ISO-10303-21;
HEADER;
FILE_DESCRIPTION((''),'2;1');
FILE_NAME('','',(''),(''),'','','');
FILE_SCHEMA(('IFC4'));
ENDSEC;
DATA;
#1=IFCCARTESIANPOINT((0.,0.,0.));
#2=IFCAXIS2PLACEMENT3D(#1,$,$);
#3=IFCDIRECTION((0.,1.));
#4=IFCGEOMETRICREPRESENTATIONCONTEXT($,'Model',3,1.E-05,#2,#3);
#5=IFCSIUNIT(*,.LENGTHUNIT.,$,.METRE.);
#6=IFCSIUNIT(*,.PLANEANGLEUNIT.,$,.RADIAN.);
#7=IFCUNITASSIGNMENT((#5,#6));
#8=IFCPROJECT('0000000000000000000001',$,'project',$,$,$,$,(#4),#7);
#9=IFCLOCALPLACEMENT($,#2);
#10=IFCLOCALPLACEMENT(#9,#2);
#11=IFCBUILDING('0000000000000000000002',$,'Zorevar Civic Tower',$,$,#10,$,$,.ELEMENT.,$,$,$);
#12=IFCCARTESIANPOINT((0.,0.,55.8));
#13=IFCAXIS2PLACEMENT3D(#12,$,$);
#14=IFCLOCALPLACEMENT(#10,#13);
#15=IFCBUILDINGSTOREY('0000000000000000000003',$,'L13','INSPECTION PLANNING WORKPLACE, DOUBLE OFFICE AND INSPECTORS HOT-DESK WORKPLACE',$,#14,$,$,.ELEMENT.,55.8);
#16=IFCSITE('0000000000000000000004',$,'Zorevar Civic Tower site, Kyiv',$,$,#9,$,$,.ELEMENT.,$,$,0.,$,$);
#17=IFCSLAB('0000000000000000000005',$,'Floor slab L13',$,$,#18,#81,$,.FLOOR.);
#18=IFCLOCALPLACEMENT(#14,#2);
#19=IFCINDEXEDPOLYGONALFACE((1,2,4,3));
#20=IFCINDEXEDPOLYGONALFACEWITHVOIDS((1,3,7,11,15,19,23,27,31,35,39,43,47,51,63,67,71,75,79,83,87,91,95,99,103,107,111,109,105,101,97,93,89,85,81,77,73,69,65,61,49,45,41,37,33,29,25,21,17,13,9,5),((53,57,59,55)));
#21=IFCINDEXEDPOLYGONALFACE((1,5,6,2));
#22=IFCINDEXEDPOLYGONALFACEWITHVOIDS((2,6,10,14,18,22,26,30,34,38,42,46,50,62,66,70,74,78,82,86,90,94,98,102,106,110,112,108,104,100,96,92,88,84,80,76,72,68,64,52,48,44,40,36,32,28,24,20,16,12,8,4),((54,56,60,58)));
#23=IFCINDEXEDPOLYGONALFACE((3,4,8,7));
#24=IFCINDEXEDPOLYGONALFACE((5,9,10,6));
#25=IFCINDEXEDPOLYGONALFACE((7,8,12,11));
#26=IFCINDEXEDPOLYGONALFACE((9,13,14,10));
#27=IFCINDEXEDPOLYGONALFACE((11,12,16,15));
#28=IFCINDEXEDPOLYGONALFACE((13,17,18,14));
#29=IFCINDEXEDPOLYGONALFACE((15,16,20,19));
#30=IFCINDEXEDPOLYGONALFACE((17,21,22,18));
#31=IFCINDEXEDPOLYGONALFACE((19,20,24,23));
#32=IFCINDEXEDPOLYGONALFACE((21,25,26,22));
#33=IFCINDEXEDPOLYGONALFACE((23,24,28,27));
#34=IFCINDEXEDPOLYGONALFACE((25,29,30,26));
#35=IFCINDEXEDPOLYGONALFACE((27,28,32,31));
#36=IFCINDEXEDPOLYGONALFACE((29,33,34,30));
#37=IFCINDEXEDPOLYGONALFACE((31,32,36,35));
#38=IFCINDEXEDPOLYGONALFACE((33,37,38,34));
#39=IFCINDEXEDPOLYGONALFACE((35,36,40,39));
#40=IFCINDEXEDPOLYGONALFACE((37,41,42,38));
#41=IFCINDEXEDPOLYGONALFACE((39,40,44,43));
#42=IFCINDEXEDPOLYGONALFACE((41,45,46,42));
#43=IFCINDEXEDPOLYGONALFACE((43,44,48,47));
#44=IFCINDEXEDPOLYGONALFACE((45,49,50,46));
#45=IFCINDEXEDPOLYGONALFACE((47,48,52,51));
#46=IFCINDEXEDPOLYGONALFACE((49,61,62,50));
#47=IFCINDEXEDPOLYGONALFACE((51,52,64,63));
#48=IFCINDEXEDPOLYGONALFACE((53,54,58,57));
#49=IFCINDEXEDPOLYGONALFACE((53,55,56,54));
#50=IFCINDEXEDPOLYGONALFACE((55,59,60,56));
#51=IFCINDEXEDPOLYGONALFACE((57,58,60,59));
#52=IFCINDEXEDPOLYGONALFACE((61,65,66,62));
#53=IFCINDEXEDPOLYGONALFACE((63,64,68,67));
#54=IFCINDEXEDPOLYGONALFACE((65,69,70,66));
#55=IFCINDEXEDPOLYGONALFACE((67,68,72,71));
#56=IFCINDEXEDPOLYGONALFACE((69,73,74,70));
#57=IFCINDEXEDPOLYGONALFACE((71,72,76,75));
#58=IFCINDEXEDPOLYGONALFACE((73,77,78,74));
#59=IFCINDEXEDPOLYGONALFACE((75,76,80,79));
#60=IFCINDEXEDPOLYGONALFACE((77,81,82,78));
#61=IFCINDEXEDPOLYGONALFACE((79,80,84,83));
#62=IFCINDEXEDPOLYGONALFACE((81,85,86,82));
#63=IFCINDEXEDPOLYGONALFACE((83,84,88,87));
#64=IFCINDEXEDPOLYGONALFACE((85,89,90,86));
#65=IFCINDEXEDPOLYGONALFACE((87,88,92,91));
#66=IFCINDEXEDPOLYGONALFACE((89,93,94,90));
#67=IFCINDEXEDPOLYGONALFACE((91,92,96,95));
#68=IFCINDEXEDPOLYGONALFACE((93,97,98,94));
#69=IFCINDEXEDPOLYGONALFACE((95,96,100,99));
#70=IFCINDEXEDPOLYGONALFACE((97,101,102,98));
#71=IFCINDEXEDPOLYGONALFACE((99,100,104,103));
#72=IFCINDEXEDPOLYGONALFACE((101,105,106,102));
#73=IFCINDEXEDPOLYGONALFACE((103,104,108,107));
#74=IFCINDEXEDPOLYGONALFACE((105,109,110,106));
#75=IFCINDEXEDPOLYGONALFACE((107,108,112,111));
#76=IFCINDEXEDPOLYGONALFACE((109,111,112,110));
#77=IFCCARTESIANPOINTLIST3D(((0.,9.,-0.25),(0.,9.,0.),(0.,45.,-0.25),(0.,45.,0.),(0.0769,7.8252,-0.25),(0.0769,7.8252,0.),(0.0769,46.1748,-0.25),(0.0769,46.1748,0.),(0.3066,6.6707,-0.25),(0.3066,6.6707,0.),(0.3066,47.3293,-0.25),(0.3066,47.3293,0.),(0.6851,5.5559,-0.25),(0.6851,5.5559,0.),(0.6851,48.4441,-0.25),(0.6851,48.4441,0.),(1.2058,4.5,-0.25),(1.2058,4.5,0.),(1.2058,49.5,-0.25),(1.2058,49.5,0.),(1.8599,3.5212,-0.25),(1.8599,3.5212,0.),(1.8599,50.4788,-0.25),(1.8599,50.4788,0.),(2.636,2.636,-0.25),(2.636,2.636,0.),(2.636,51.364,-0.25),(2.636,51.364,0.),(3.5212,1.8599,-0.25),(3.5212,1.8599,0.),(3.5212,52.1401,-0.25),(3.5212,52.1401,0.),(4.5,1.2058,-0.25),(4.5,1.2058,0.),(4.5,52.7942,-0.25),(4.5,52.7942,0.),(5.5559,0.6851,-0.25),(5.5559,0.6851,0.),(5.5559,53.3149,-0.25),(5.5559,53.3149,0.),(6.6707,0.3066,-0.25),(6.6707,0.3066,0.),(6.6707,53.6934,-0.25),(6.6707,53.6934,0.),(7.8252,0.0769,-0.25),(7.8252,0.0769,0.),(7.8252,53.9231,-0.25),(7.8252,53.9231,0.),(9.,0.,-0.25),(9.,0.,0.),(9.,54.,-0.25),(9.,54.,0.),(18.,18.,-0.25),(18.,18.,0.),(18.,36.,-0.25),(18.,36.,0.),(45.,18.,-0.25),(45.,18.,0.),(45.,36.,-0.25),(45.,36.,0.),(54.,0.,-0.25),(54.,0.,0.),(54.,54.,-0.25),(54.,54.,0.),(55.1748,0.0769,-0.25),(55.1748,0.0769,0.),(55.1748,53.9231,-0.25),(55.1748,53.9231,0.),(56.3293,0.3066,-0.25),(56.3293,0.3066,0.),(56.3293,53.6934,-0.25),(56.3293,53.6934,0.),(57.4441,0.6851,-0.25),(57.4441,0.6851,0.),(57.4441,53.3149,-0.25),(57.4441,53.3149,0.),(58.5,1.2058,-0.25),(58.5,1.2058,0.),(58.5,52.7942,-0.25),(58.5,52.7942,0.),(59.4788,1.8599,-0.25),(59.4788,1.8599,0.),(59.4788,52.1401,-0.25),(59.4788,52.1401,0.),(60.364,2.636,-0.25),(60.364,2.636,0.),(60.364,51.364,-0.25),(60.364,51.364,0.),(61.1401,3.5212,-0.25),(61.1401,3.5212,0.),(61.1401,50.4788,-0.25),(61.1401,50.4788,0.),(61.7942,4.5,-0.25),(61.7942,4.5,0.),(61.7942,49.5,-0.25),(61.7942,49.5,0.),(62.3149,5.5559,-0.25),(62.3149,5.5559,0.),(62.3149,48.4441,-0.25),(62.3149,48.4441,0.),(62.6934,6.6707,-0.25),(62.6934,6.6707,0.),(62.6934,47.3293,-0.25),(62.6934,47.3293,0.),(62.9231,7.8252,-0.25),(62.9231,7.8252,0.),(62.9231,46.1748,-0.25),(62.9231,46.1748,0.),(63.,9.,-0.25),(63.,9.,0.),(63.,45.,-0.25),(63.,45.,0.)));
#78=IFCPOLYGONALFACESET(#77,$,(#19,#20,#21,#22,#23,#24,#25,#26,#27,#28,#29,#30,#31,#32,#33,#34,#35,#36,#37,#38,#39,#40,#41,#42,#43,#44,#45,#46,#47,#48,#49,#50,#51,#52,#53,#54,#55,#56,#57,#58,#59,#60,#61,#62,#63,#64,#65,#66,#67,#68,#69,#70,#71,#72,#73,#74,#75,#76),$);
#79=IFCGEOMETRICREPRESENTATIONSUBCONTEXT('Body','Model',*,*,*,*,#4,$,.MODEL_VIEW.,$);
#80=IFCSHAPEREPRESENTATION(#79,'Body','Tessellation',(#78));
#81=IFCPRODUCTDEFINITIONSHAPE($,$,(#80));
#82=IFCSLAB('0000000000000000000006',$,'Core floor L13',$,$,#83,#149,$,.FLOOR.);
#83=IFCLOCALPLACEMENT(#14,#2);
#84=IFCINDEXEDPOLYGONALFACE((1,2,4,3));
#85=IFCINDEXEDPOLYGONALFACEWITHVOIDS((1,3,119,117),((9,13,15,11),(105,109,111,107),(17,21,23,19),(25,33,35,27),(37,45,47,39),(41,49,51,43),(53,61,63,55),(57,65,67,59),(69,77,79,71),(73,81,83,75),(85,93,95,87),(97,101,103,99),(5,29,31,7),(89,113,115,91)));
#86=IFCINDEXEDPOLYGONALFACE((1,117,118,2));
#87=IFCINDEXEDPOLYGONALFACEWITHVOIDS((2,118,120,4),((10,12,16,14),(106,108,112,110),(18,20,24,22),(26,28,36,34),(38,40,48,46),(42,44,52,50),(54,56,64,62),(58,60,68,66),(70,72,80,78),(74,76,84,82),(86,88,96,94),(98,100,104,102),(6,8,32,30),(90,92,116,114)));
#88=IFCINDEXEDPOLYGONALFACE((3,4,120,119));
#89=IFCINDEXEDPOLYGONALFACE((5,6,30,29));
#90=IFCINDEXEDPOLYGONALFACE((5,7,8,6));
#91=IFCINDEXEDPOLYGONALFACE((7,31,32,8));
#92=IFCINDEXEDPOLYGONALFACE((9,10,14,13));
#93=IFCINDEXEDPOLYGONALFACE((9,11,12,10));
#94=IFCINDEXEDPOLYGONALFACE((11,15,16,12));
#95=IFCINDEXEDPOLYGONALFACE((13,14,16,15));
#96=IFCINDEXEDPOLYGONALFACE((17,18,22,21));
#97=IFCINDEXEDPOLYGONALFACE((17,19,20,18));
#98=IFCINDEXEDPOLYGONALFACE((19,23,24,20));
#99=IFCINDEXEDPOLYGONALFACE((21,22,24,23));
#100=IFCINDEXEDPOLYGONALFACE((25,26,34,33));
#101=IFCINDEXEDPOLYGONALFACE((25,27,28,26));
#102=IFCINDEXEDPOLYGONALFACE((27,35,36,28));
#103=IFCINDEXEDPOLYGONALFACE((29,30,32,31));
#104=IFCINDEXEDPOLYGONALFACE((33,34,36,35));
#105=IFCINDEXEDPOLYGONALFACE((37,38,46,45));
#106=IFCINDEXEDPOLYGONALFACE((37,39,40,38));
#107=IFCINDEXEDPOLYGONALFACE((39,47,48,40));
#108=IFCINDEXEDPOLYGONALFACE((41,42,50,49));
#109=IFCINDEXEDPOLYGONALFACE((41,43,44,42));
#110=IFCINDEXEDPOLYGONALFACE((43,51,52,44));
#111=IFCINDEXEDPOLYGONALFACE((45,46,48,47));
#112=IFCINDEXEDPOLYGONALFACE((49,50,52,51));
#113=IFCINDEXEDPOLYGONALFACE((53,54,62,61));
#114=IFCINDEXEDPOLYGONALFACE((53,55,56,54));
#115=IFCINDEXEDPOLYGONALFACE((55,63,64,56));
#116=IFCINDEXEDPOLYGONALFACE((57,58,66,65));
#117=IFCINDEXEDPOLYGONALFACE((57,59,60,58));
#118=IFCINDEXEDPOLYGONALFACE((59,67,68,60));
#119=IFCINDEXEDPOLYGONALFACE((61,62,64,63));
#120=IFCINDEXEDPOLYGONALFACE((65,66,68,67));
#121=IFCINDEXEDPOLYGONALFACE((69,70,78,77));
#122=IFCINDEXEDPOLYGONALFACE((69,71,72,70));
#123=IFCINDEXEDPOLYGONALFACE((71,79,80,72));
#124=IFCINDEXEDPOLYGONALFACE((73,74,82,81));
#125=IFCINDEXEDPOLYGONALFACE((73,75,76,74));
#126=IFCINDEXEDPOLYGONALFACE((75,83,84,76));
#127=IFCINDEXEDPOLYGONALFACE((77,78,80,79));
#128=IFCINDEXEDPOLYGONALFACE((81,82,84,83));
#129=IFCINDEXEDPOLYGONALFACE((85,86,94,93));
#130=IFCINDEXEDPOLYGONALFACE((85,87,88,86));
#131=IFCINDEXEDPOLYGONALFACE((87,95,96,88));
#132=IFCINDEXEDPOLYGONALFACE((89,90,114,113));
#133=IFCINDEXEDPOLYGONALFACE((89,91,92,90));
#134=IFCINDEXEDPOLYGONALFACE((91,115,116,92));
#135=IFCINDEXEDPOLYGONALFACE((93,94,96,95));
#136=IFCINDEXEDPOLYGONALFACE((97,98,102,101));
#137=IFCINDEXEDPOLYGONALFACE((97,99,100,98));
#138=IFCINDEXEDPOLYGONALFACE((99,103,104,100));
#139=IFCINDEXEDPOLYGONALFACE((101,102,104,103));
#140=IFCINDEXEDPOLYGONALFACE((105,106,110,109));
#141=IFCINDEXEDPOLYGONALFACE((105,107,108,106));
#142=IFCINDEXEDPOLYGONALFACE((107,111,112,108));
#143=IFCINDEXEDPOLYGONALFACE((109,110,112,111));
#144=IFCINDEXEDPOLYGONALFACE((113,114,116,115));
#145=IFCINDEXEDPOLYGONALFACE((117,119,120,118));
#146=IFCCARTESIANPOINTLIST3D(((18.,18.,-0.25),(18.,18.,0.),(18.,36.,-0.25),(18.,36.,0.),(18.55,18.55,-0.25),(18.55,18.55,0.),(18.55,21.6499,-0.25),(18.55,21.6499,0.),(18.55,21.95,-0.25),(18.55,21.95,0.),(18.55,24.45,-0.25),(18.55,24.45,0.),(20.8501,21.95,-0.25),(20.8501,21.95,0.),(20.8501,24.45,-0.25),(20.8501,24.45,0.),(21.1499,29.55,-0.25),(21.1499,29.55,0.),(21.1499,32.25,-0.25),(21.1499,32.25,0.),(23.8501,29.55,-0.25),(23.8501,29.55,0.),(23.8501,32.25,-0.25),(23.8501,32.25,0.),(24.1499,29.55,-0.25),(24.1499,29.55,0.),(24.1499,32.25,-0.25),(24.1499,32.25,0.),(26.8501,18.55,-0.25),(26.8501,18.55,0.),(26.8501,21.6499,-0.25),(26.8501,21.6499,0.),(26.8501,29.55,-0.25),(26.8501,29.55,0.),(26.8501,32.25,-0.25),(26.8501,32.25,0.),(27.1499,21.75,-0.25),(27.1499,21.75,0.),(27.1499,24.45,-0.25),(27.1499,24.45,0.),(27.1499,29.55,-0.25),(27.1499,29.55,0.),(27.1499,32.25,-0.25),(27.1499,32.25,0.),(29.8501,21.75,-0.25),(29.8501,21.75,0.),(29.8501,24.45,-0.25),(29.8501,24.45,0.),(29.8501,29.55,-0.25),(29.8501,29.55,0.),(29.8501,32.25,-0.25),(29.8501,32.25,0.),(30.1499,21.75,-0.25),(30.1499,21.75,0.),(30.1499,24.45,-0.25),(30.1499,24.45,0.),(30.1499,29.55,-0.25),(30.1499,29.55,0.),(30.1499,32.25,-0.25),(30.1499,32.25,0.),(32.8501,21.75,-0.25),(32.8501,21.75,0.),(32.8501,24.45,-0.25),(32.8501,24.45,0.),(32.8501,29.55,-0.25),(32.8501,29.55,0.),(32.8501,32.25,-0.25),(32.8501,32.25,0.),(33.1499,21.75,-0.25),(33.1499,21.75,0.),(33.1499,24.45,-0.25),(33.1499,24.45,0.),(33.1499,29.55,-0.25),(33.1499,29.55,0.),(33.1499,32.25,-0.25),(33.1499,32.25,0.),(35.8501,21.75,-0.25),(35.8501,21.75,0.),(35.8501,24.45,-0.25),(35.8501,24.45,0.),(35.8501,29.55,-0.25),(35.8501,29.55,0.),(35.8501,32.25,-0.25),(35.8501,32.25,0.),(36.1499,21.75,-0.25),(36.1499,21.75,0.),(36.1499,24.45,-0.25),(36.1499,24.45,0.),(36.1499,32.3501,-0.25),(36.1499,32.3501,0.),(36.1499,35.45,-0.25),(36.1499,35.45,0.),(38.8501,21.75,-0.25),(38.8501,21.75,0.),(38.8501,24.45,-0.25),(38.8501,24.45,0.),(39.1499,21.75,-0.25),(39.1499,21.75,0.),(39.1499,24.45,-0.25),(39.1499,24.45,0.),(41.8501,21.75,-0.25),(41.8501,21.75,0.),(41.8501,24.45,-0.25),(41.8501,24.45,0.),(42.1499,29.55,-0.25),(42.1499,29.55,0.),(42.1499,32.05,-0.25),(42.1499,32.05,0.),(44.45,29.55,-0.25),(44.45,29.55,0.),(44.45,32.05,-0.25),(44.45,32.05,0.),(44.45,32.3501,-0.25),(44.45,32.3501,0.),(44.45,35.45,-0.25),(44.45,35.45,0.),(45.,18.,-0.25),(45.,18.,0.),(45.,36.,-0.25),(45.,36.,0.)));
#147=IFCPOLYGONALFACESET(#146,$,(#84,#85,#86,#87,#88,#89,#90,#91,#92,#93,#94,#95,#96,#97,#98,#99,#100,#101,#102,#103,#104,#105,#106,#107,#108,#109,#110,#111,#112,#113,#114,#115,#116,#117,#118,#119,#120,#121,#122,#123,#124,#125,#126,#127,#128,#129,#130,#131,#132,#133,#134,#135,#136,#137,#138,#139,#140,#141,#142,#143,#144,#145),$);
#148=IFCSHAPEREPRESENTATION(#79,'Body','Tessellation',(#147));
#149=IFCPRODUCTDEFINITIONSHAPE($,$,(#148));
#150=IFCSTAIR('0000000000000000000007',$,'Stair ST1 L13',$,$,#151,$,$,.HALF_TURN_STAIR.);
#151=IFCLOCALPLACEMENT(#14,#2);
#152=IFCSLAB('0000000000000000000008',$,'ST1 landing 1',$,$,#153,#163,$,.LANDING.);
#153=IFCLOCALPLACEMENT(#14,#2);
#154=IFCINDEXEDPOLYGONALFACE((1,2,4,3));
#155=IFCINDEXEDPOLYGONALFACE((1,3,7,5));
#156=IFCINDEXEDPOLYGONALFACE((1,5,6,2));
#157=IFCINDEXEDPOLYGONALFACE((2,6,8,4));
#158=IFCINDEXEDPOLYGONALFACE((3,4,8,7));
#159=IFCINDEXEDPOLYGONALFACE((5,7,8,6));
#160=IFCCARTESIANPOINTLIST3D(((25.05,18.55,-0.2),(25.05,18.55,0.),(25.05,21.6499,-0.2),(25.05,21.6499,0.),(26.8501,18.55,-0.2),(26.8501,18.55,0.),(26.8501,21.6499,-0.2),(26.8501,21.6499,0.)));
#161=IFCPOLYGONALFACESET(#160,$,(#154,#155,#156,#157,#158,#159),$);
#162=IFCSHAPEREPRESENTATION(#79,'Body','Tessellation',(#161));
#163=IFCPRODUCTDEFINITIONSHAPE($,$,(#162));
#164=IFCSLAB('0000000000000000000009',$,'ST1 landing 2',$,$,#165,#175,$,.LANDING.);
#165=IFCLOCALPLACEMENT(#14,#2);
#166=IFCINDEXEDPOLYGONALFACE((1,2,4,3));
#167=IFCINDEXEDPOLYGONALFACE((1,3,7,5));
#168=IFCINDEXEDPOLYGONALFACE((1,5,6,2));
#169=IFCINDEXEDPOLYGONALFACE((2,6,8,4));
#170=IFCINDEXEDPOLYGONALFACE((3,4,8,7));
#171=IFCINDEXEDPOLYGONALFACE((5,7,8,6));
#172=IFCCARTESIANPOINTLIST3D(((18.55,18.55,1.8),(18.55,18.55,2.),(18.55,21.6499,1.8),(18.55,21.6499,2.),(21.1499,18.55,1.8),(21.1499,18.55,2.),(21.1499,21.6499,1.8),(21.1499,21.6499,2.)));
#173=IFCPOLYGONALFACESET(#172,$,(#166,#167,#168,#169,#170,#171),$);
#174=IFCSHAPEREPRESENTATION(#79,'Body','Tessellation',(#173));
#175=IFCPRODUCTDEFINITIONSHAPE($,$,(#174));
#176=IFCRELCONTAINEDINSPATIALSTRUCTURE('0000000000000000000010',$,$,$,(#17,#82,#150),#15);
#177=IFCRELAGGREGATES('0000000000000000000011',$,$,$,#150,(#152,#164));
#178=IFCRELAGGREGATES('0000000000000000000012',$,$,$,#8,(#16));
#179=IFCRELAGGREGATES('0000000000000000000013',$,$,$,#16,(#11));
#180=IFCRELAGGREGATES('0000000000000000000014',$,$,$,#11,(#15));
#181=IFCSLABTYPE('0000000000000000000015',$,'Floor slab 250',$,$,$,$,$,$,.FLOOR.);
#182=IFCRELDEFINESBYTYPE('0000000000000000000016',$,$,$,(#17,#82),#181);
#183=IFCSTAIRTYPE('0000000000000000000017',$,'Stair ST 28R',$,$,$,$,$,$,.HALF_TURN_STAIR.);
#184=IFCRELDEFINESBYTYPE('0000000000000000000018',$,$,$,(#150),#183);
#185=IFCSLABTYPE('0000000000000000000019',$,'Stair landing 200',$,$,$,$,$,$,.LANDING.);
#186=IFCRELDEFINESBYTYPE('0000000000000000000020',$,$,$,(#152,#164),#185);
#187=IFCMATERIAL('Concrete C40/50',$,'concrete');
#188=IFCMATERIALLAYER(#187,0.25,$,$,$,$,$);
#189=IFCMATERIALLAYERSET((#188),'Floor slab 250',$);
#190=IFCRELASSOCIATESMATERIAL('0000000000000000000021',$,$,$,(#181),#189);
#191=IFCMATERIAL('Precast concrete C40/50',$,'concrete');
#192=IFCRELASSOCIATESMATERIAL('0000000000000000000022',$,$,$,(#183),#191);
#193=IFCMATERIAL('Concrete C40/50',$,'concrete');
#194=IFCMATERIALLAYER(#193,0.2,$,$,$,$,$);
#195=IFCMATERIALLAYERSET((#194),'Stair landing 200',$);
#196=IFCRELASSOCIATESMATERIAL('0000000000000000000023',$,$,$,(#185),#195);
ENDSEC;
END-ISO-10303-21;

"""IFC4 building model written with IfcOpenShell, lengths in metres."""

from ifc_helpers import new_model, si_unit, direction, frame, origin, place, context, subcontext, project, spatial, polyline, outline, extrude, material, layer, layer_set, type_object, element, aggregate, save


model = new_model("IFC4")

# Units and contexts
model_context = context("Model", 3, precision=1e-05, world=origin(), true_north=direction((0.0, 1.0)))
body_context = subcontext(model_context, "Body", "Model", "MODEL_VIEW")
ifc_project = project(units=[si_unit("LENGTHUNIT", "METRE"), si_unit("PLANEANGLEUNIT", "RADIAN")], contexts=[model_context])

# Site, building, storey
site_placement = place(None, origin())
site = spatial("IfcSite", under=ifc_project, at=site_placement, Name="Zorevar Civic Tower site, Kyiv", CompositionType="ELEMENT", RefElevation=0.0)
building_placement = place(site_placement, origin())
building = spatial("IfcBuilding", under=site, at=building_placement, Name="Zorevar Civic Tower", CompositionType="ELEMENT")
storey_placement = place(building_placement, frame((0.0, 0.0, 55.8)))
storey = spatial("IfcBuildingStorey", under=building, at=storey_placement, Name="L13", Description="INSPECTION PLANNING WORKPLACE, DOUBLE OFFICE AND INSPECTORS HOT-DESK WORKPLACE", CompositionType="ELEMENT", Elevation=55.8)

# Slabs
ifc_material_1 = material(Name="Concrete C40/50", Category="concrete")
ifc_layer_1 = layer(ifc_material_1, 0.25)
ifc_layer_set_1 = layer_set([ifc_layer_1], Name="Floor slab 250")
slab_type_1 = type_object("IfcSlabType", Name="Floor slab 250", PredefinedType="FLOOR", material=ifc_layer_set_1)
slab_1_placement = place(storey_placement, frame((0.0, 0.0, -0.25)))
element("IfcSlab", 1, at=slab_1_placement, inside=storey, type_object=slab_type_1, Name="Floor slab L13", PredefinedType="FLOOR", context=body_context, shape_type="SweptSolid", body=[
    extrude(outline(polyline([(54.0, 0.0), (55.1748, 0.0769), (56.3293, 0.3066), (57.4441, 0.6851), (58.5, 1.2058), (59.4788, 1.8599), (60.364, 2.636), (61.1401, 3.5212), (61.7942, 4.5), (62.3149, 5.5559), (62.6934, 6.6707), (62.9231, 7.8252), (63.0, 9.0), (63.0, 45.0), (62.9231, 46.1748), (62.6934, 47.3293), (62.3149, 48.4441), (61.7942, 49.5), (61.1401, 50.4788), (60.364, 51.364), (59.4788, 52.1401), (58.5, 52.7942), (57.4441, 53.3149), (56.3293, 53.6934), (55.1748, 53.9231), (54.0, 54.0), (9.0, 54.0), (7.8252, 53.9231), (6.6707, 53.6934), (5.5559, 53.3149), (4.5, 52.7942), (3.5212, 52.1401), (2.636, 51.364), (1.8599, 50.4788), (1.2058, 49.5), (0.6851, 48.4441), (0.3066, 47.3293), (0.0769, 46.1748), (0.0, 45.0), (0.0, 9.0), (0.0769, 7.8252), (0.3066, 6.6707), (0.6851, 5.5559), (1.2058, 4.5), (1.8599, 3.5212), (2.636, 2.636), (3.5212, 1.8599), (4.5, 1.2058), (5.5559, 0.6851), (6.6707, 0.3066), (7.8252, 0.0769), (9.0, 0.0), (54.0, 0.0)]), holes=[polyline([(18.0, 18.0), (45.0, 18.0), (45.0, 36.0), (18.0, 36.0), (18.0, 18.0)])]), origin(), (0.0, 0.0, 1.0), 0.25),
])
slab_2_placement = place(storey_placement, frame((0.0, 0.0, -0.25)))
element("IfcSlab", 2, at=slab_2_placement, inside=storey, type_object=slab_type_1, Name="Core floor L13", PredefinedType="FLOOR", context=body_context, shape_type="SweptSolid", body=[
    extrude(outline(polyline([(18.0, 18.0), (45.0, 18.0), (45.0, 36.0), (18.0, 36.0), (18.0, 18.0)]), holes=[polyline([(18.55, 18.55), (26.8501, 18.55), (26.8501, 21.6499), (18.55, 21.6499), (18.55, 18.55)]), polyline([(36.1499, 32.3501), (44.45, 32.3501), (44.45, 35.45), (36.1499, 35.45), (36.1499, 32.3501)]), polyline([(18.55, 21.95), (20.8501, 21.95), (20.8501, 24.45), (18.55, 24.45), (18.55, 21.95)]), polyline([(42.1499, 29.55), (44.45, 29.55), (44.45, 32.05), (42.1499, 32.05), (42.1499, 29.55)]), polyline([(27.1499, 21.75), (29.8501, 21.75), (29.8501, 24.45), (27.1499, 24.45), (27.1499, 21.75)]), polyline([(33.1499, 29.55), (35.8501, 29.55), (35.8501, 32.25), (33.1499, 32.25), (33.1499, 29.55)]), polyline([(30.1499, 21.75), (32.8501, 21.75), (32.8501, 24.45), (30.1499, 24.45), (30.1499, 21.75)]), polyline([(30.1499, 29.55), (32.8501, 29.55), (32.8501, 32.25), (30.1499, 32.25), (30.1499, 29.55)]), polyline([(33.1499, 21.75), (35.8501, 21.75), (35.8501, 24.45), (33.1499, 24.45), (33.1499, 21.75)]), polyline([(27.1499, 29.55), (29.8501, 29.55), (29.8501, 32.25), (27.1499, 32.25), (27.1499, 29.55)]), polyline([(36.1499, 21.75), (38.8501, 21.75), (38.8501, 24.45), (36.1499, 24.45), (36.1499, 21.75)]), polyline([(24.1499, 29.55), (26.8501, 29.55), (26.8501, 32.25), (24.1499, 32.25), (24.1499, 29.55)]), polyline([(39.1499, 21.75), (41.8501, 21.75), (41.8501, 24.45), (39.1499, 24.45), (39.1499, 21.75)]), polyline([(21.1499, 29.55), (23.8501, 29.55), (23.8501, 32.25), (21.1499, 32.25), (21.1499, 29.55)])]), origin(), (0.0, 0.0, 1.0), 0.25),
])

# Stair, slabs
ifc_material_2 = material(Name="Precast concrete C40/50", Category="concrete")
stair_type = type_object("IfcStairType", Name="Stair ST 28R", PredefinedType="HALF_TURN_STAIR", material=ifc_material_2)
stair_1_placement = place(storey_placement, origin())
stair_1 = element("IfcStair", 3, at=stair_1_placement, inside=storey, type_object=stair_type, Name="Stair ST1 L13", PredefinedType="HALF_TURN_STAIR")
ifc_material_3 = material(Name="Concrete C40/50", Category="concrete")
ifc_layer_2 = layer(ifc_material_3, 0.2)
ifc_layer_set_2 = layer_set([ifc_layer_2], Name="Stair landing 200")
slab_type_2 = type_object("IfcSlabType", Name="Stair landing 200", PredefinedType="LANDING", material=ifc_layer_set_2)
slab_3_placement = place(storey_placement, frame((0.0, 0.0, -0.2)))
slab_3 = element("IfcSlab", 4, at=slab_3_placement, type_object=slab_type_2, Name="ST1 landing 1", PredefinedType="LANDING", context=body_context, shape_type="SweptSolid", body=[
    extrude(outline(polyline([(25.05, 18.55), (26.8501, 18.55), (26.8501, 21.6499), (25.05, 21.6499), (25.05, 18.55)])), origin(), (0.0, 0.0, 1.0), 0.2),
])
slab_4_placement = place(storey_placement, frame((0.0, 0.0, 1.8)))
slab_4 = element("IfcSlab", 5, at=slab_4_placement, type_object=slab_type_2, Name="ST1 landing 2", PredefinedType="LANDING", context=body_context, shape_type="SweptSolid", body=[
    extrude(outline(polyline([(18.55, 18.55), (21.1499, 18.55), (21.1499, 21.6499), (18.55, 21.6499), (18.55, 18.55)])), origin(), (0.0, 0.0, 1.0), 0.2),
])
aggregate(stair_1, [slab_3, slab_4])

save(model, "model.ifc")
